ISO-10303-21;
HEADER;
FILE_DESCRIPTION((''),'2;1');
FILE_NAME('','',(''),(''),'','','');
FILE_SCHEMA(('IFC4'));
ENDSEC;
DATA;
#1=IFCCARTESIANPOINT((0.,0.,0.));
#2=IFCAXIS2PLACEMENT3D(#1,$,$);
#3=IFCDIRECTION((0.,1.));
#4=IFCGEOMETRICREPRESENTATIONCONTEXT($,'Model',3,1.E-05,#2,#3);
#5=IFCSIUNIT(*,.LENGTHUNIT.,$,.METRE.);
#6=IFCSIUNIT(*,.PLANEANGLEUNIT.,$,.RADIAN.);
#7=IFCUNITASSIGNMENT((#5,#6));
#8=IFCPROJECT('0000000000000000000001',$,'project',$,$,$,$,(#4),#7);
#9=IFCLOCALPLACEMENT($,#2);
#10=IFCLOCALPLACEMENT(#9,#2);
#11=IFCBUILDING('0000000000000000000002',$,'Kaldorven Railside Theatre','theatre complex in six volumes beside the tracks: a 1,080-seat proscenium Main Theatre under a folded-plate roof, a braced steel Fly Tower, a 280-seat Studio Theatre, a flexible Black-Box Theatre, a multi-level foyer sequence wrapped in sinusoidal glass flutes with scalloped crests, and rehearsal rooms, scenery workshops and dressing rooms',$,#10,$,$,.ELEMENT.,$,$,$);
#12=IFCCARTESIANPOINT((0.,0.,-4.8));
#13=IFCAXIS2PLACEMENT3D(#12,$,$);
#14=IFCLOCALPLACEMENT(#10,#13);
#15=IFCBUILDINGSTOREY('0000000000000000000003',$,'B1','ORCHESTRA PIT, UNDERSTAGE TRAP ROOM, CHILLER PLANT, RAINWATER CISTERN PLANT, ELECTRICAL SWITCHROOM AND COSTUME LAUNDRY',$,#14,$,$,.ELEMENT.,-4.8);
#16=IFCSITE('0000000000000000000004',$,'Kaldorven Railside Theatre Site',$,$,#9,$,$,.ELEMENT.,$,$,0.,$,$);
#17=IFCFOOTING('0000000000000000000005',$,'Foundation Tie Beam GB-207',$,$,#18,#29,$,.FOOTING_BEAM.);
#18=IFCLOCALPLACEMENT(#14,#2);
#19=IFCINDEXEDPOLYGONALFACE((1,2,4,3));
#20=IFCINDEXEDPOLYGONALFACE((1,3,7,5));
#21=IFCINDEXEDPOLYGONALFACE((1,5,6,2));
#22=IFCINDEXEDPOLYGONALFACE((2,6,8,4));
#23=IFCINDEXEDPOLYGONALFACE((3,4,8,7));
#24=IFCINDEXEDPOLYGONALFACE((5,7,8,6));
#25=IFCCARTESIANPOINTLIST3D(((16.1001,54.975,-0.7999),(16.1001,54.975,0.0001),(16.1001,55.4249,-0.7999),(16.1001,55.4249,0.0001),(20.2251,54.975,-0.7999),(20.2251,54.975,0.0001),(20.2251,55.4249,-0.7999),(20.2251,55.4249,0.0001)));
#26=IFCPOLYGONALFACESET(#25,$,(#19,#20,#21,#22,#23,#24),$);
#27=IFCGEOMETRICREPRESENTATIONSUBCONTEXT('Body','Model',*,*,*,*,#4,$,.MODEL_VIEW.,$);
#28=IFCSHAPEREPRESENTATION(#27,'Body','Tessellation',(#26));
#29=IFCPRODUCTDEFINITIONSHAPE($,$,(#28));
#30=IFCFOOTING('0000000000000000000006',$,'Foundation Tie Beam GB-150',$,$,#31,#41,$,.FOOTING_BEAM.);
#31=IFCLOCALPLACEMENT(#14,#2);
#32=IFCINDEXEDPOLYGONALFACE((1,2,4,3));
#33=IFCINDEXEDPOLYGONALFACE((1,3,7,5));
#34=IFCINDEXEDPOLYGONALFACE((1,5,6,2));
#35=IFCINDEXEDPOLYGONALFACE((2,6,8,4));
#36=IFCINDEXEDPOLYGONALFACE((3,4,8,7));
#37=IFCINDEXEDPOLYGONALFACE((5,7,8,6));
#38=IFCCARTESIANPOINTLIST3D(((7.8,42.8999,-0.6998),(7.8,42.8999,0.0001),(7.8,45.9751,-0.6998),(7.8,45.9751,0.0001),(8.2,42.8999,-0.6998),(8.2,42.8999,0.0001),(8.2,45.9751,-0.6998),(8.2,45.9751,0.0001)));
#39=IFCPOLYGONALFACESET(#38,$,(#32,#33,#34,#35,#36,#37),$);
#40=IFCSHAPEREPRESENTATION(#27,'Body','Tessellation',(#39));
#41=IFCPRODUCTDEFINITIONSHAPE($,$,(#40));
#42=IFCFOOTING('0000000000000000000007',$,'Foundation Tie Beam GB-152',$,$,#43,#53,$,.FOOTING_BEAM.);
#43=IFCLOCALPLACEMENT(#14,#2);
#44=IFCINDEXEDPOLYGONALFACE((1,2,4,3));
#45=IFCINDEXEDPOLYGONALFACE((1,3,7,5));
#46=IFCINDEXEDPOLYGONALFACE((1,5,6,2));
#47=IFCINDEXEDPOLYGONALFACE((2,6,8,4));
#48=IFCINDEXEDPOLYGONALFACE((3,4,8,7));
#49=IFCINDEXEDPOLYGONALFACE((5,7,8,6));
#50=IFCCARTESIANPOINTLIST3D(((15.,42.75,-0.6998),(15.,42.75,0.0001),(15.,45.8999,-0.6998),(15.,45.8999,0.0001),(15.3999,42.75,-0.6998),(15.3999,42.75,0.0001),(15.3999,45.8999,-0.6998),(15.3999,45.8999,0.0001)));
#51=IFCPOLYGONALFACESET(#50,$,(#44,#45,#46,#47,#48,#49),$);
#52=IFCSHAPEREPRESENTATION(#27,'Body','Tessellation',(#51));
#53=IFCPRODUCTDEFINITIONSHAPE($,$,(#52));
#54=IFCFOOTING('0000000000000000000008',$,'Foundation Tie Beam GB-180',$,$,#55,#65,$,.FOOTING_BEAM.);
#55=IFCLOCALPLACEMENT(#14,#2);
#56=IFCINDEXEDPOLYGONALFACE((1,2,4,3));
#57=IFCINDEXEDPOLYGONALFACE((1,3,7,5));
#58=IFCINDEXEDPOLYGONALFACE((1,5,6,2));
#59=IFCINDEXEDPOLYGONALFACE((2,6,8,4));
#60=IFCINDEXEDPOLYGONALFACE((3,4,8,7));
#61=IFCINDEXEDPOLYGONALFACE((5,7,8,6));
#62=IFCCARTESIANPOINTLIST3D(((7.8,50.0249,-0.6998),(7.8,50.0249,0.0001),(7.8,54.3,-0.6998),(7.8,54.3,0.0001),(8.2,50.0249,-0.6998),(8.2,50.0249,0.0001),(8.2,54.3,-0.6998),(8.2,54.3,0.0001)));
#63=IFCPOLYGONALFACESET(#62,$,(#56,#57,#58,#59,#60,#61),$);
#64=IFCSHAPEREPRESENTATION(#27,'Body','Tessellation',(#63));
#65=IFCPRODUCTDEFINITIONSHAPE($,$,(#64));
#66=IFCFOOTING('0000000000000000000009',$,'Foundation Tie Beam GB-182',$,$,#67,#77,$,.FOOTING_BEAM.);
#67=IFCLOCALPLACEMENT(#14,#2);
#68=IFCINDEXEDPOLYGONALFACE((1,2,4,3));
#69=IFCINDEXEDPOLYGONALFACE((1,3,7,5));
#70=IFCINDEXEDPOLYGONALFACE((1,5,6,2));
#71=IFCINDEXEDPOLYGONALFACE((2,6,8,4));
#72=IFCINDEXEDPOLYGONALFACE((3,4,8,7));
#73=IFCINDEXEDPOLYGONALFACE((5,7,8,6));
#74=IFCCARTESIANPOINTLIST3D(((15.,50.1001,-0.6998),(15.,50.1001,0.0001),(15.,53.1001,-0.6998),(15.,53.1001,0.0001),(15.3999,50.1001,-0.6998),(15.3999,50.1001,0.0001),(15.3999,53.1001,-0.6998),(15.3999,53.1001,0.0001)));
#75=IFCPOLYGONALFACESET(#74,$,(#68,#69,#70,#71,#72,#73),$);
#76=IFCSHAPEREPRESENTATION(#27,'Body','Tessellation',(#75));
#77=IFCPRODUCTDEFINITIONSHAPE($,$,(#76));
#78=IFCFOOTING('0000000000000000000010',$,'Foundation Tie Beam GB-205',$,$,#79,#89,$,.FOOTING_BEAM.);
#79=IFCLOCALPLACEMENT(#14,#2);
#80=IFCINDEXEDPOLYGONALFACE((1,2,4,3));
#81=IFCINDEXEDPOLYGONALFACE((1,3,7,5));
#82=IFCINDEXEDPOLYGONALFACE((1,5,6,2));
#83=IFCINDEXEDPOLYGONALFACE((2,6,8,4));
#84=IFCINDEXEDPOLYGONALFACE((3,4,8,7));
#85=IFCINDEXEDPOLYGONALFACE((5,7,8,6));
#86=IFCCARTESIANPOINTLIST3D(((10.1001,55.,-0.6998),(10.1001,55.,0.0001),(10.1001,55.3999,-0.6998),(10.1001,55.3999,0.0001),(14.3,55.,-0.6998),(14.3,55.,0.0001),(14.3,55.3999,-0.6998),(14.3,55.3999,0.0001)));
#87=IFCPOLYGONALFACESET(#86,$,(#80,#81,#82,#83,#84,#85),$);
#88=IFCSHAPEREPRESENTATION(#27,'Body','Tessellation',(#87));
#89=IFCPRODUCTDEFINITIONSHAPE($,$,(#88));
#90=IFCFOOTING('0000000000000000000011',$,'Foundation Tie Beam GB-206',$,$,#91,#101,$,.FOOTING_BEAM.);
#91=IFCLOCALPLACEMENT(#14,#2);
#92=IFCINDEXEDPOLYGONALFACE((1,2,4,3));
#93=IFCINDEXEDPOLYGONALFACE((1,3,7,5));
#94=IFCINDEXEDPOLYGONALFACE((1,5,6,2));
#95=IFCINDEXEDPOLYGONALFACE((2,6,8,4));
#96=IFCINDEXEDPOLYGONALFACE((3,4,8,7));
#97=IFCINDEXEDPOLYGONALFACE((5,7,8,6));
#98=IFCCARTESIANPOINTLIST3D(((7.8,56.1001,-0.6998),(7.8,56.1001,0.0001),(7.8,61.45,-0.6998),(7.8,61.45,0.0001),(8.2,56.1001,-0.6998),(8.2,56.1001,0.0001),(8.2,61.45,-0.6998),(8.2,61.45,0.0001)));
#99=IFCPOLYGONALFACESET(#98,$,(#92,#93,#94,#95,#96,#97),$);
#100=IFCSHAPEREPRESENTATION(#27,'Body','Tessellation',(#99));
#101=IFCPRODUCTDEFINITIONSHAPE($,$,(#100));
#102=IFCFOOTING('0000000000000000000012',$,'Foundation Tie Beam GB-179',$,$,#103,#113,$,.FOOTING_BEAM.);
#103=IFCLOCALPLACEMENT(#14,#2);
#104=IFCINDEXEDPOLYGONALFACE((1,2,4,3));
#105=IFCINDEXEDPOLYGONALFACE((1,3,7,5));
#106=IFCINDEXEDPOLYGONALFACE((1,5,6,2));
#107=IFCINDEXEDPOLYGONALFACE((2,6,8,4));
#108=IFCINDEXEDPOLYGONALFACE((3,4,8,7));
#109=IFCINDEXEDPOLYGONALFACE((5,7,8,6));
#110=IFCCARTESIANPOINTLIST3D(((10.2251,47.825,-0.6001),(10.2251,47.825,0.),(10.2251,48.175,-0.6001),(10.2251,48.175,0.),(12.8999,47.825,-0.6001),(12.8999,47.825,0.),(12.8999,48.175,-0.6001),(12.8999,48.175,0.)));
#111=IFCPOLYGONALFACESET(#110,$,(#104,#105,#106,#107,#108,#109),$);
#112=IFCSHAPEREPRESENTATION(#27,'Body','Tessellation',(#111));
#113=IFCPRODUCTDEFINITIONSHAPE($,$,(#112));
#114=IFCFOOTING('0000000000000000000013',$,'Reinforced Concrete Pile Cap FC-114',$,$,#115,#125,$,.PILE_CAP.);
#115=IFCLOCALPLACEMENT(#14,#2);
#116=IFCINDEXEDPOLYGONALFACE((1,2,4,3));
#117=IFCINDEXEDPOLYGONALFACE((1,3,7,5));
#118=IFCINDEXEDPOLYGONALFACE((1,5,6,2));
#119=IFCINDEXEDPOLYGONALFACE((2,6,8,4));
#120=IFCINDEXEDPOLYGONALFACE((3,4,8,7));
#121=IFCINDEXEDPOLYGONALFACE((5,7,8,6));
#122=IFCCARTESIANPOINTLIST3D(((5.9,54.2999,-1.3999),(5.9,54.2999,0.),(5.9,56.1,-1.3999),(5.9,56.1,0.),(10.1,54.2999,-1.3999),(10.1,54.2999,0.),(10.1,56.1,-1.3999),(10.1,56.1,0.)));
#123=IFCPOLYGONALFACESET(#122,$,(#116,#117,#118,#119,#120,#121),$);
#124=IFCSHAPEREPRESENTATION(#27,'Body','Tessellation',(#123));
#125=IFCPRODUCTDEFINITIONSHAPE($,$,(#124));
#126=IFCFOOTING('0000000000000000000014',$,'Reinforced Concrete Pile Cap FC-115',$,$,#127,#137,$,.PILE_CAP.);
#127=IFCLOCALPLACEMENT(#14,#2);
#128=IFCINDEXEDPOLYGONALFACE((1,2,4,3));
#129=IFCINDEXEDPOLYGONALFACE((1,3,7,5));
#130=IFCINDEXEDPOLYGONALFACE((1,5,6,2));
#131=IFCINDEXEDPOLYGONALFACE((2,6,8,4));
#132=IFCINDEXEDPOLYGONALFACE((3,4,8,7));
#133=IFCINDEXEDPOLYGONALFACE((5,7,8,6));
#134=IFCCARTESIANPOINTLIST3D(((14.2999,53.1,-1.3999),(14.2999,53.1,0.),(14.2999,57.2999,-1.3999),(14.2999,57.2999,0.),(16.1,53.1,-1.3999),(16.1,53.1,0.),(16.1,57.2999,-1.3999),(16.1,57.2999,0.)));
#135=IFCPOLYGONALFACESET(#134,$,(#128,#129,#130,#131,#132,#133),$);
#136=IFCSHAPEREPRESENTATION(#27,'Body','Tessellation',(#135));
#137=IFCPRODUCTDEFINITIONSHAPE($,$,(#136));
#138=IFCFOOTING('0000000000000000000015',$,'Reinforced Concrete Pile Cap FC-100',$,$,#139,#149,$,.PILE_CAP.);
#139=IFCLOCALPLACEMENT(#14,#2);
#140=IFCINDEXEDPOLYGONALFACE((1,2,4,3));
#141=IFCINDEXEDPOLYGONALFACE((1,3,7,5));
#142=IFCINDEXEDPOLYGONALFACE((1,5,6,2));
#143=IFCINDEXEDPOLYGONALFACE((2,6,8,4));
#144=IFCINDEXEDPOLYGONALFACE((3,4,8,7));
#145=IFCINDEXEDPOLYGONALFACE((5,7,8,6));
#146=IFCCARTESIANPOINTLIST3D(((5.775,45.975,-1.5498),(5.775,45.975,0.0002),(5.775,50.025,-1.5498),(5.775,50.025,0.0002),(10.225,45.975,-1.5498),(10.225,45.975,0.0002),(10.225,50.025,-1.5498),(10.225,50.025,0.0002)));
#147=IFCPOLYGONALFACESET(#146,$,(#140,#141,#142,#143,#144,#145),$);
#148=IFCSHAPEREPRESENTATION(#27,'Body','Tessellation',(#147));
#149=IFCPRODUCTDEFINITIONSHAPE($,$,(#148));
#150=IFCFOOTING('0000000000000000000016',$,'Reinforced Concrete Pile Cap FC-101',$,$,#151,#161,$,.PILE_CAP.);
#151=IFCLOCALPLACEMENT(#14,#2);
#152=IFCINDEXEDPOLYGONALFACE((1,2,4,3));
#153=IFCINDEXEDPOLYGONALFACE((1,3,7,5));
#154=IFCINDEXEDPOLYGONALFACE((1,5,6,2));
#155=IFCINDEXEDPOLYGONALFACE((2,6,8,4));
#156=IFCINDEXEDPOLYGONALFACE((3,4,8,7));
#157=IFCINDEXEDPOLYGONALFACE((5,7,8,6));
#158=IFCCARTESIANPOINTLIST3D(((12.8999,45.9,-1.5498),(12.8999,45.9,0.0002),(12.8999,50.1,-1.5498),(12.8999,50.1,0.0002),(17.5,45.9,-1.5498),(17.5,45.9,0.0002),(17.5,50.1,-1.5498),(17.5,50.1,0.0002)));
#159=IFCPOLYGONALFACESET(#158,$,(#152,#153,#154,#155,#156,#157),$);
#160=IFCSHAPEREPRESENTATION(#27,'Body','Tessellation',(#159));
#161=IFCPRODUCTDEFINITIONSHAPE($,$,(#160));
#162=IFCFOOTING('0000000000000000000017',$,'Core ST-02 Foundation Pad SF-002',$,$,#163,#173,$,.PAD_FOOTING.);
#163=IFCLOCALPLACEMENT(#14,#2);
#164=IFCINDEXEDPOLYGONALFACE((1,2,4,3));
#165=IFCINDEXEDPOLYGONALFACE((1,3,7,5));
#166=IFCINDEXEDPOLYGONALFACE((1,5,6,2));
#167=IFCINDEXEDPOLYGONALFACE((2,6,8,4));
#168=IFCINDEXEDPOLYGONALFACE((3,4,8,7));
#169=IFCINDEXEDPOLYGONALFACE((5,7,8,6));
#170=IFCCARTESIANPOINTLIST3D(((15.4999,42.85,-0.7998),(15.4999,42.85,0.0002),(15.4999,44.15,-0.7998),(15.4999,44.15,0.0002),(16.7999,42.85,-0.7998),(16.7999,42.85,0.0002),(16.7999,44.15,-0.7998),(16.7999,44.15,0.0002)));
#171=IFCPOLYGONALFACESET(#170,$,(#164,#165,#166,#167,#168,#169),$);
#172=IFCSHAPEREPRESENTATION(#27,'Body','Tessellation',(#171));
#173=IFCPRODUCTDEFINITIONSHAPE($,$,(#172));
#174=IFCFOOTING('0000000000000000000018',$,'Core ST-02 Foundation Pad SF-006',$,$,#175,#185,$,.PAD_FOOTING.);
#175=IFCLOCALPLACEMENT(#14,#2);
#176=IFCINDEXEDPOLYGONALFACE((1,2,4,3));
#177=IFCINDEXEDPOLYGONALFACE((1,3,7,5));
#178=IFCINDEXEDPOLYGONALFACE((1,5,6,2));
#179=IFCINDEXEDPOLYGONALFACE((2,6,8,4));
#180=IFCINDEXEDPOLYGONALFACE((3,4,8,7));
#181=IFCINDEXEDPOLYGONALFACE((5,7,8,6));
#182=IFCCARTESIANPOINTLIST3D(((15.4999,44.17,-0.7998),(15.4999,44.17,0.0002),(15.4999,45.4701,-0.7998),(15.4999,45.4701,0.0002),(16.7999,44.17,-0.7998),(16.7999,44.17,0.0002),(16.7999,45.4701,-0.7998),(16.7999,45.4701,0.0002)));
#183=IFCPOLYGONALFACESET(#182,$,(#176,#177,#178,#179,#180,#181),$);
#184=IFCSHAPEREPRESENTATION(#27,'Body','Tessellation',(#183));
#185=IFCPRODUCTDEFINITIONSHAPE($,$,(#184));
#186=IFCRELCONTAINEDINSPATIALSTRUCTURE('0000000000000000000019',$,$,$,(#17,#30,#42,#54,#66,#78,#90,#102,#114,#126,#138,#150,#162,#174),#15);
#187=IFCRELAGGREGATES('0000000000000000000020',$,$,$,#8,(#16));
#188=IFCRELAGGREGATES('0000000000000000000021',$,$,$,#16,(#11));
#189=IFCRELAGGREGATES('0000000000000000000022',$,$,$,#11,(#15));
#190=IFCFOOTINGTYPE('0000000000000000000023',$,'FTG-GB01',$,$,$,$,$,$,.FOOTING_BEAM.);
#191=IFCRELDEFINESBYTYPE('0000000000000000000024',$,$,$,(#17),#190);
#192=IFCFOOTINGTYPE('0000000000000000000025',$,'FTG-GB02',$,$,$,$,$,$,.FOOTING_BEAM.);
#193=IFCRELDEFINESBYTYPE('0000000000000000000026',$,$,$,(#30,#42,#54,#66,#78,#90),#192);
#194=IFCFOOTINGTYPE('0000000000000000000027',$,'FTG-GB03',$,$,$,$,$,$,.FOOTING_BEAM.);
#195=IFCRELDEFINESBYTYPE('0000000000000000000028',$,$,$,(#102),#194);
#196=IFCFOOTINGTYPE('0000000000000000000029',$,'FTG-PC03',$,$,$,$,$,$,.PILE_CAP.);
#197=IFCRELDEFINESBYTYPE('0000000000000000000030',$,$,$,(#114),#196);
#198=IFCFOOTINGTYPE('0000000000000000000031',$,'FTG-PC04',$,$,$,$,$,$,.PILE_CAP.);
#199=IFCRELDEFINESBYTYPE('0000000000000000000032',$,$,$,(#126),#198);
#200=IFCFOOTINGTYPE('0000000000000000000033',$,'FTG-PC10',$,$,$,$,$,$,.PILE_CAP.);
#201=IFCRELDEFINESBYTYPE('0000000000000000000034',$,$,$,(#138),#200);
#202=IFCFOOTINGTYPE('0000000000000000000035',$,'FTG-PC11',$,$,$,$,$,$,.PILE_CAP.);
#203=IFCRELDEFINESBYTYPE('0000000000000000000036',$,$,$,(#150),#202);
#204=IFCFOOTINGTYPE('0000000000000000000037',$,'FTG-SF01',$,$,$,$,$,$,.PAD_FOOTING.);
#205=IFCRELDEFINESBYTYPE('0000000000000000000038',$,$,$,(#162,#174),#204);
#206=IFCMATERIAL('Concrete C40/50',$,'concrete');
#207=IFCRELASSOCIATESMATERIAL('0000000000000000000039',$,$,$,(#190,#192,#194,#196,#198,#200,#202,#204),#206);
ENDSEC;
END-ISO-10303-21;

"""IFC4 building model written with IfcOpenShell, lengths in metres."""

from ifc_helpers import new_model, si_unit, direction, frame, origin, origin_2d, place, context, subcontext, project, spatial, rectangle, extrude, material, material_profile, profile_set, type_object, element, save


model = new_model("IFC4")

# Units and contexts
model_context = context("Model", 3, precision=1e-05, world=origin(), true_north=direction((0.0, 1.0)))
body_context = subcontext(model_context, "Body", "Model", "MODEL_VIEW")
ifc_project = project(units=[si_unit("LENGTHUNIT", "METRE"), si_unit("PLANEANGLEUNIT", "RADIAN")], contexts=[model_context])

# Site, building, storey
site_placement = place(None, origin())
site = spatial("IfcSite", under=ifc_project, at=site_placement, Name="Kaldorven Railside Theatre Site", CompositionType="ELEMENT", RefElevation=0.0)
building_placement = place(site_placement, origin())
building = spatial("IfcBuilding", under=site, at=building_placement, Name="Kaldorven Railside Theatre", Description="theatre complex in six volumes beside the tracks: a 1,080-seat proscenium Main Theatre under a folded-plate roof, a braced steel Fly Tower, a 280-seat Studio Theatre, a flexible Black-Box Theatre, a multi-level foyer sequence wrapped in sinusoidal glass flutes with scalloped crests, and rehearsal rooms, scenery workshops and dressing rooms", CompositionType="ELEMENT")
storey_placement = place(building_placement, frame((0.0, 0.0, -4.8)))
storey = spatial("IfcBuildingStorey", under=building, at=storey_placement, Name="B1", Description="ORCHESTRA PIT, UNDERSTAGE TRAP ROOM, CHILLER PLANT, RAINWATER CISTERN PLANT, ELECTRICAL SWITCHROOM AND COSTUME LAUNDRY", CompositionType="ELEMENT", Elevation=-4.8)

# Footings
ifc_material_1 = material(Name="Concrete C40/50", Category="concrete")
ifc_material_profile_1 = material_profile(ifc_material_1, rectangle(XDim=0.45, YDim=0.8, at=origin_2d()), Name="RC 450x800")
ifc_profile_set_1 = profile_set([ifc_material_profile_1], Name="Concrete C40/50")
footing_type_1 = type_object("IfcFootingType", Name="FTG-GB01", PredefinedType="FOOTING_BEAM", material=ifc_profile_set_1)
footing_1_placement = place(storey_placement, frame((16.1001, 55.2, -0.3999), z_axis=(1.0, 0.0, 0.0), x_axis=(0.0, 1.0, 0.0)))
element("IfcFooting", 1, at=footing_1_placement, inside=storey, type_object=footing_type_1, Name="Foundation Tie Beam GB-207", PredefinedType="FOOTING_BEAM", context=body_context, shape_type="SweptSolid", body=[
    extrude(rectangle(XDim=0.45, YDim=0.8, at=origin_2d()), origin(), (0.0, 0.0, 1.0), 4.125),
])
ifc_material_profile_2 = material_profile(ifc_material_1, rectangle(XDim=0.3999, YDim=0.7, at=origin_2d()), Name="RC 400x700")
ifc_profile_set_2 = profile_set([ifc_material_profile_2], Name="Concrete C40/50")
footing_type_2 = type_object("IfcFootingType", Name="FTG-GB02", PredefinedType="FOOTING_BEAM", material=ifc_profile_set_2)
footing_2_placement = place(storey_placement, frame((8.0, 42.8999, -0.3499), z_axis=(0.0, 1.0, 0.0), x_axis=(-1.0, 0.0, 0.0)))
element("IfcFooting", 2, at=footing_2_placement, inside=storey, type_object=footing_type_2, Name="Foundation Tie Beam GB-150", PredefinedType="FOOTING_BEAM", context=body_context, shape_type="SweptSolid", body=[
    extrude(rectangle(XDim=0.3999, YDim=0.7, at=origin_2d()), origin(), (0.0, 0.0, 1.0), 3.0752),
])
footing_3_placement = place(storey_placement, frame((15.2, 42.75, -0.3499), z_axis=(0.0, 1.0, 0.0), x_axis=(-1.0, 0.0, 0.0)))
element("IfcFooting", 3, at=footing_3_placement, inside=storey, type_object=footing_type_2, Name="Foundation Tie Beam GB-152", PredefinedType="FOOTING_BEAM", context=body_context, shape_type="SweptSolid", body=[
    extrude(rectangle(XDim=0.3999, YDim=0.7, at=origin_2d()), origin(), (0.0, 0.0, 1.0), 3.1499),
])
footing_4_placement = place(storey_placement, frame((8.0, 50.0249, -0.3499), z_axis=(0.0, 1.0, 0.0), x_axis=(-1.0, 0.0, 0.0)))
element("IfcFooting", 4, at=footing_4_placement, inside=storey, type_object=footing_type_2, Name="Foundation Tie Beam GB-180", PredefinedType="FOOTING_BEAM", context=body_context, shape_type="SweptSolid", body=[
    extrude(rectangle(XDim=0.3999, YDim=0.7, at=origin_2d()), origin(), (0.0, 0.0, 1.0), 4.2751),
])
footing_5_placement = place(storey_placement, frame((15.2, 50.1001, -0.3499), z_axis=(0.0, 1.0, 0.0), x_axis=(-1.0, 0.0, 0.0)))
element("IfcFooting", 5, at=footing_5_placement, inside=storey, type_object=footing_type_2, Name="Foundation Tie Beam GB-182", PredefinedType="FOOTING_BEAM", context=body_context, shape_type="SweptSolid", body=[
    extrude(rectangle(XDim=0.3999, YDim=0.7, at=origin_2d()), origin(), (0.0, 0.0, 1.0), 3.0),
])
footing_6_placement = place(storey_placement, frame((10.1001, 55.2, -0.3499), z_axis=(1.0, 0.0, 0.0), x_axis=(0.0, 1.0, 0.0)))
element("IfcFooting", 6, at=footing_6_placement, inside=storey, type_object=footing_type_2, Name="Foundation Tie Beam GB-205", PredefinedType="FOOTING_BEAM", context=body_context, shape_type="SweptSolid", body=[
    extrude(rectangle(XDim=0.3999, YDim=0.7, at=origin_2d()), origin(), (0.0, 0.0, 1.0), 4.2),
])
footing_7_placement = place(storey_placement, frame((8.0, 56.1001, -0.3499), z_axis=(0.0, 1.0, 0.0), x_axis=(-1.0, 0.0, 0.0)))
element("IfcFooting", 7, at=footing_7_placement, inside=storey, type_object=footing_type_2, Name="Foundation Tie Beam GB-206", PredefinedType="FOOTING_BEAM", context=body_context, shape_type="SweptSolid", body=[
    extrude(rectangle(XDim=0.3999, YDim=0.7, at=origin_2d()), origin(), (0.0, 0.0, 1.0), 5.3499),
])
ifc_material_profile_3 = material_profile(ifc_material_1, rectangle(XDim=0.3501, YDim=0.6001, at=origin_2d()), Name="RC 350x600")
ifc_profile_set_3 = profile_set([ifc_material_profile_3], Name="Concrete C40/50")
footing_type_3 = type_object("IfcFootingType", Name="FTG-GB03", PredefinedType="FOOTING_BEAM", material=ifc_profile_set_3)
footing_8_placement = place(storey_placement, frame((10.2251, 48.0, -0.3), z_axis=(1.0, 0.0, 0.0), x_axis=(0.0, 1.0, 0.0)))
element("IfcFooting", 8, at=footing_8_placement, inside=storey, type_object=footing_type_3, Name="Foundation Tie Beam GB-179", PredefinedType="FOOTING_BEAM", context=body_context, shape_type="SweptSolid", body=[
    extrude(rectangle(XDim=0.3501, YDim=0.6001, at=origin_2d()), origin(), (0.0, 0.0, 1.0), 2.6748),
])
footing_type_4 = type_object("IfcFootingType", Name="FTG-PC03", PredefinedType="PILE_CAP", material=ifc_material_1)
footing_9_placement = place(storey_placement, frame((8.0, 55.2, -1.3999), z_axis=(0.0, 0.0, 1.0), x_axis=(1.0, 0.0, 0.0)))
element("IfcFooting", 9, at=footing_9_placement, inside=storey, type_object=footing_type_4, Name="Reinforced Concrete Pile Cap FC-114", PredefinedType="PILE_CAP", context=body_context, shape_type="SweptSolid", body=[
    extrude(rectangle(XDim=4.2, YDim=1.8, at=origin_2d()), origin(), (0.0, 0.0, 1.0), 1.3999),
])
footing_type_5 = type_object("IfcFootingType", Name="FTG-PC04", PredefinedType="PILE_CAP", material=ifc_material_1)
footing_10_placement = place(storey_placement, frame((15.2, 55.2, -1.3999), z_axis=(0.0, 0.0, 1.0), x_axis=(1.0, 0.0, 0.0)))
element("IfcFooting", 10, at=footing_10_placement, inside=storey, type_object=footing_type_5, Name="Reinforced Concrete Pile Cap FC-115", PredefinedType="PILE_CAP", context=body_context, shape_type="SweptSolid", body=[
    extrude(rectangle(XDim=1.8, YDim=4.2, at=origin_2d()), origin(), (0.0, 0.0, 1.0), 1.3999),
])
footing_type_6 = type_object("IfcFootingType", Name="FTG-PC10", PredefinedType="PILE_CAP", material=ifc_material_1)
footing_11_placement = place(storey_placement, frame((8.0, 48.0, -1.5498), z_axis=(0.0, 0.0, 1.0), x_axis=(1.0, 0.0, 0.0)))
element("IfcFooting", 11, at=footing_11_placement, inside=storey, type_object=footing_type_6, Name="Reinforced Concrete Pile Cap FC-100", PredefinedType="PILE_CAP", context=body_context, shape_type="SweptSolid", body=[
    extrude(rectangle(XDim=4.45, YDim=4.05, at=origin_2d()), origin(), (0.0, 0.0, 1.0), 1.55),
])
footing_type_7 = type_object("IfcFootingType", Name="FTG-PC11", PredefinedType="PILE_CAP", material=ifc_material_1)
footing_12_placement = place(storey_placement, frame((15.2, 48.0, -1.5498), z_axis=(0.0, 0.0, 1.0), x_axis=(1.0, 0.0, 0.0)))
element("IfcFooting", 12, at=footing_12_placement, inside=storey, type_object=footing_type_7, Name="Reinforced Concrete Pile Cap FC-101", PredefinedType="PILE_CAP", context=body_context, shape_type="SweptSolid", body=[
    extrude(rectangle(XDim=4.6001, YDim=4.2, at=origin_2d()), origin(), (0.0, 0.0, 1.0), 1.55),
])
footing_type_8 = type_object("IfcFootingType", Name="FTG-SF01", PredefinedType="PAD_FOOTING", material=ifc_material_1)
for number, where, z_axis, x_axis, name in (
    (13, (16.1499, 43.5, -0.7998), (0.0, 0.0, 1.0), (1.0, 0.0, 0.0), "Core ST-02 Foundation Pad SF-002"),
    (14, (16.1499, 44.8201, -0.7998), (0.0, 0.0, 1.0), (1.0, 0.0, 0.0), "Core ST-02 Foundation Pad SF-006"),
):
    element("IfcFooting", number, at=place(storey_placement, frame(where, z_axis=z_axis, x_axis=x_axis)), inside=storey, type_object=footing_type_8, Name=name, PredefinedType="PAD_FOOTING", context=body_context, shape_type="SweptSolid", body=[
        extrude(rectangle(XDim=1.3, YDim=1.3, at=origin_2d()), origin(), (0.0, 0.0, 1.0), 0.8),
    ])

save(model, "model.ifc")
